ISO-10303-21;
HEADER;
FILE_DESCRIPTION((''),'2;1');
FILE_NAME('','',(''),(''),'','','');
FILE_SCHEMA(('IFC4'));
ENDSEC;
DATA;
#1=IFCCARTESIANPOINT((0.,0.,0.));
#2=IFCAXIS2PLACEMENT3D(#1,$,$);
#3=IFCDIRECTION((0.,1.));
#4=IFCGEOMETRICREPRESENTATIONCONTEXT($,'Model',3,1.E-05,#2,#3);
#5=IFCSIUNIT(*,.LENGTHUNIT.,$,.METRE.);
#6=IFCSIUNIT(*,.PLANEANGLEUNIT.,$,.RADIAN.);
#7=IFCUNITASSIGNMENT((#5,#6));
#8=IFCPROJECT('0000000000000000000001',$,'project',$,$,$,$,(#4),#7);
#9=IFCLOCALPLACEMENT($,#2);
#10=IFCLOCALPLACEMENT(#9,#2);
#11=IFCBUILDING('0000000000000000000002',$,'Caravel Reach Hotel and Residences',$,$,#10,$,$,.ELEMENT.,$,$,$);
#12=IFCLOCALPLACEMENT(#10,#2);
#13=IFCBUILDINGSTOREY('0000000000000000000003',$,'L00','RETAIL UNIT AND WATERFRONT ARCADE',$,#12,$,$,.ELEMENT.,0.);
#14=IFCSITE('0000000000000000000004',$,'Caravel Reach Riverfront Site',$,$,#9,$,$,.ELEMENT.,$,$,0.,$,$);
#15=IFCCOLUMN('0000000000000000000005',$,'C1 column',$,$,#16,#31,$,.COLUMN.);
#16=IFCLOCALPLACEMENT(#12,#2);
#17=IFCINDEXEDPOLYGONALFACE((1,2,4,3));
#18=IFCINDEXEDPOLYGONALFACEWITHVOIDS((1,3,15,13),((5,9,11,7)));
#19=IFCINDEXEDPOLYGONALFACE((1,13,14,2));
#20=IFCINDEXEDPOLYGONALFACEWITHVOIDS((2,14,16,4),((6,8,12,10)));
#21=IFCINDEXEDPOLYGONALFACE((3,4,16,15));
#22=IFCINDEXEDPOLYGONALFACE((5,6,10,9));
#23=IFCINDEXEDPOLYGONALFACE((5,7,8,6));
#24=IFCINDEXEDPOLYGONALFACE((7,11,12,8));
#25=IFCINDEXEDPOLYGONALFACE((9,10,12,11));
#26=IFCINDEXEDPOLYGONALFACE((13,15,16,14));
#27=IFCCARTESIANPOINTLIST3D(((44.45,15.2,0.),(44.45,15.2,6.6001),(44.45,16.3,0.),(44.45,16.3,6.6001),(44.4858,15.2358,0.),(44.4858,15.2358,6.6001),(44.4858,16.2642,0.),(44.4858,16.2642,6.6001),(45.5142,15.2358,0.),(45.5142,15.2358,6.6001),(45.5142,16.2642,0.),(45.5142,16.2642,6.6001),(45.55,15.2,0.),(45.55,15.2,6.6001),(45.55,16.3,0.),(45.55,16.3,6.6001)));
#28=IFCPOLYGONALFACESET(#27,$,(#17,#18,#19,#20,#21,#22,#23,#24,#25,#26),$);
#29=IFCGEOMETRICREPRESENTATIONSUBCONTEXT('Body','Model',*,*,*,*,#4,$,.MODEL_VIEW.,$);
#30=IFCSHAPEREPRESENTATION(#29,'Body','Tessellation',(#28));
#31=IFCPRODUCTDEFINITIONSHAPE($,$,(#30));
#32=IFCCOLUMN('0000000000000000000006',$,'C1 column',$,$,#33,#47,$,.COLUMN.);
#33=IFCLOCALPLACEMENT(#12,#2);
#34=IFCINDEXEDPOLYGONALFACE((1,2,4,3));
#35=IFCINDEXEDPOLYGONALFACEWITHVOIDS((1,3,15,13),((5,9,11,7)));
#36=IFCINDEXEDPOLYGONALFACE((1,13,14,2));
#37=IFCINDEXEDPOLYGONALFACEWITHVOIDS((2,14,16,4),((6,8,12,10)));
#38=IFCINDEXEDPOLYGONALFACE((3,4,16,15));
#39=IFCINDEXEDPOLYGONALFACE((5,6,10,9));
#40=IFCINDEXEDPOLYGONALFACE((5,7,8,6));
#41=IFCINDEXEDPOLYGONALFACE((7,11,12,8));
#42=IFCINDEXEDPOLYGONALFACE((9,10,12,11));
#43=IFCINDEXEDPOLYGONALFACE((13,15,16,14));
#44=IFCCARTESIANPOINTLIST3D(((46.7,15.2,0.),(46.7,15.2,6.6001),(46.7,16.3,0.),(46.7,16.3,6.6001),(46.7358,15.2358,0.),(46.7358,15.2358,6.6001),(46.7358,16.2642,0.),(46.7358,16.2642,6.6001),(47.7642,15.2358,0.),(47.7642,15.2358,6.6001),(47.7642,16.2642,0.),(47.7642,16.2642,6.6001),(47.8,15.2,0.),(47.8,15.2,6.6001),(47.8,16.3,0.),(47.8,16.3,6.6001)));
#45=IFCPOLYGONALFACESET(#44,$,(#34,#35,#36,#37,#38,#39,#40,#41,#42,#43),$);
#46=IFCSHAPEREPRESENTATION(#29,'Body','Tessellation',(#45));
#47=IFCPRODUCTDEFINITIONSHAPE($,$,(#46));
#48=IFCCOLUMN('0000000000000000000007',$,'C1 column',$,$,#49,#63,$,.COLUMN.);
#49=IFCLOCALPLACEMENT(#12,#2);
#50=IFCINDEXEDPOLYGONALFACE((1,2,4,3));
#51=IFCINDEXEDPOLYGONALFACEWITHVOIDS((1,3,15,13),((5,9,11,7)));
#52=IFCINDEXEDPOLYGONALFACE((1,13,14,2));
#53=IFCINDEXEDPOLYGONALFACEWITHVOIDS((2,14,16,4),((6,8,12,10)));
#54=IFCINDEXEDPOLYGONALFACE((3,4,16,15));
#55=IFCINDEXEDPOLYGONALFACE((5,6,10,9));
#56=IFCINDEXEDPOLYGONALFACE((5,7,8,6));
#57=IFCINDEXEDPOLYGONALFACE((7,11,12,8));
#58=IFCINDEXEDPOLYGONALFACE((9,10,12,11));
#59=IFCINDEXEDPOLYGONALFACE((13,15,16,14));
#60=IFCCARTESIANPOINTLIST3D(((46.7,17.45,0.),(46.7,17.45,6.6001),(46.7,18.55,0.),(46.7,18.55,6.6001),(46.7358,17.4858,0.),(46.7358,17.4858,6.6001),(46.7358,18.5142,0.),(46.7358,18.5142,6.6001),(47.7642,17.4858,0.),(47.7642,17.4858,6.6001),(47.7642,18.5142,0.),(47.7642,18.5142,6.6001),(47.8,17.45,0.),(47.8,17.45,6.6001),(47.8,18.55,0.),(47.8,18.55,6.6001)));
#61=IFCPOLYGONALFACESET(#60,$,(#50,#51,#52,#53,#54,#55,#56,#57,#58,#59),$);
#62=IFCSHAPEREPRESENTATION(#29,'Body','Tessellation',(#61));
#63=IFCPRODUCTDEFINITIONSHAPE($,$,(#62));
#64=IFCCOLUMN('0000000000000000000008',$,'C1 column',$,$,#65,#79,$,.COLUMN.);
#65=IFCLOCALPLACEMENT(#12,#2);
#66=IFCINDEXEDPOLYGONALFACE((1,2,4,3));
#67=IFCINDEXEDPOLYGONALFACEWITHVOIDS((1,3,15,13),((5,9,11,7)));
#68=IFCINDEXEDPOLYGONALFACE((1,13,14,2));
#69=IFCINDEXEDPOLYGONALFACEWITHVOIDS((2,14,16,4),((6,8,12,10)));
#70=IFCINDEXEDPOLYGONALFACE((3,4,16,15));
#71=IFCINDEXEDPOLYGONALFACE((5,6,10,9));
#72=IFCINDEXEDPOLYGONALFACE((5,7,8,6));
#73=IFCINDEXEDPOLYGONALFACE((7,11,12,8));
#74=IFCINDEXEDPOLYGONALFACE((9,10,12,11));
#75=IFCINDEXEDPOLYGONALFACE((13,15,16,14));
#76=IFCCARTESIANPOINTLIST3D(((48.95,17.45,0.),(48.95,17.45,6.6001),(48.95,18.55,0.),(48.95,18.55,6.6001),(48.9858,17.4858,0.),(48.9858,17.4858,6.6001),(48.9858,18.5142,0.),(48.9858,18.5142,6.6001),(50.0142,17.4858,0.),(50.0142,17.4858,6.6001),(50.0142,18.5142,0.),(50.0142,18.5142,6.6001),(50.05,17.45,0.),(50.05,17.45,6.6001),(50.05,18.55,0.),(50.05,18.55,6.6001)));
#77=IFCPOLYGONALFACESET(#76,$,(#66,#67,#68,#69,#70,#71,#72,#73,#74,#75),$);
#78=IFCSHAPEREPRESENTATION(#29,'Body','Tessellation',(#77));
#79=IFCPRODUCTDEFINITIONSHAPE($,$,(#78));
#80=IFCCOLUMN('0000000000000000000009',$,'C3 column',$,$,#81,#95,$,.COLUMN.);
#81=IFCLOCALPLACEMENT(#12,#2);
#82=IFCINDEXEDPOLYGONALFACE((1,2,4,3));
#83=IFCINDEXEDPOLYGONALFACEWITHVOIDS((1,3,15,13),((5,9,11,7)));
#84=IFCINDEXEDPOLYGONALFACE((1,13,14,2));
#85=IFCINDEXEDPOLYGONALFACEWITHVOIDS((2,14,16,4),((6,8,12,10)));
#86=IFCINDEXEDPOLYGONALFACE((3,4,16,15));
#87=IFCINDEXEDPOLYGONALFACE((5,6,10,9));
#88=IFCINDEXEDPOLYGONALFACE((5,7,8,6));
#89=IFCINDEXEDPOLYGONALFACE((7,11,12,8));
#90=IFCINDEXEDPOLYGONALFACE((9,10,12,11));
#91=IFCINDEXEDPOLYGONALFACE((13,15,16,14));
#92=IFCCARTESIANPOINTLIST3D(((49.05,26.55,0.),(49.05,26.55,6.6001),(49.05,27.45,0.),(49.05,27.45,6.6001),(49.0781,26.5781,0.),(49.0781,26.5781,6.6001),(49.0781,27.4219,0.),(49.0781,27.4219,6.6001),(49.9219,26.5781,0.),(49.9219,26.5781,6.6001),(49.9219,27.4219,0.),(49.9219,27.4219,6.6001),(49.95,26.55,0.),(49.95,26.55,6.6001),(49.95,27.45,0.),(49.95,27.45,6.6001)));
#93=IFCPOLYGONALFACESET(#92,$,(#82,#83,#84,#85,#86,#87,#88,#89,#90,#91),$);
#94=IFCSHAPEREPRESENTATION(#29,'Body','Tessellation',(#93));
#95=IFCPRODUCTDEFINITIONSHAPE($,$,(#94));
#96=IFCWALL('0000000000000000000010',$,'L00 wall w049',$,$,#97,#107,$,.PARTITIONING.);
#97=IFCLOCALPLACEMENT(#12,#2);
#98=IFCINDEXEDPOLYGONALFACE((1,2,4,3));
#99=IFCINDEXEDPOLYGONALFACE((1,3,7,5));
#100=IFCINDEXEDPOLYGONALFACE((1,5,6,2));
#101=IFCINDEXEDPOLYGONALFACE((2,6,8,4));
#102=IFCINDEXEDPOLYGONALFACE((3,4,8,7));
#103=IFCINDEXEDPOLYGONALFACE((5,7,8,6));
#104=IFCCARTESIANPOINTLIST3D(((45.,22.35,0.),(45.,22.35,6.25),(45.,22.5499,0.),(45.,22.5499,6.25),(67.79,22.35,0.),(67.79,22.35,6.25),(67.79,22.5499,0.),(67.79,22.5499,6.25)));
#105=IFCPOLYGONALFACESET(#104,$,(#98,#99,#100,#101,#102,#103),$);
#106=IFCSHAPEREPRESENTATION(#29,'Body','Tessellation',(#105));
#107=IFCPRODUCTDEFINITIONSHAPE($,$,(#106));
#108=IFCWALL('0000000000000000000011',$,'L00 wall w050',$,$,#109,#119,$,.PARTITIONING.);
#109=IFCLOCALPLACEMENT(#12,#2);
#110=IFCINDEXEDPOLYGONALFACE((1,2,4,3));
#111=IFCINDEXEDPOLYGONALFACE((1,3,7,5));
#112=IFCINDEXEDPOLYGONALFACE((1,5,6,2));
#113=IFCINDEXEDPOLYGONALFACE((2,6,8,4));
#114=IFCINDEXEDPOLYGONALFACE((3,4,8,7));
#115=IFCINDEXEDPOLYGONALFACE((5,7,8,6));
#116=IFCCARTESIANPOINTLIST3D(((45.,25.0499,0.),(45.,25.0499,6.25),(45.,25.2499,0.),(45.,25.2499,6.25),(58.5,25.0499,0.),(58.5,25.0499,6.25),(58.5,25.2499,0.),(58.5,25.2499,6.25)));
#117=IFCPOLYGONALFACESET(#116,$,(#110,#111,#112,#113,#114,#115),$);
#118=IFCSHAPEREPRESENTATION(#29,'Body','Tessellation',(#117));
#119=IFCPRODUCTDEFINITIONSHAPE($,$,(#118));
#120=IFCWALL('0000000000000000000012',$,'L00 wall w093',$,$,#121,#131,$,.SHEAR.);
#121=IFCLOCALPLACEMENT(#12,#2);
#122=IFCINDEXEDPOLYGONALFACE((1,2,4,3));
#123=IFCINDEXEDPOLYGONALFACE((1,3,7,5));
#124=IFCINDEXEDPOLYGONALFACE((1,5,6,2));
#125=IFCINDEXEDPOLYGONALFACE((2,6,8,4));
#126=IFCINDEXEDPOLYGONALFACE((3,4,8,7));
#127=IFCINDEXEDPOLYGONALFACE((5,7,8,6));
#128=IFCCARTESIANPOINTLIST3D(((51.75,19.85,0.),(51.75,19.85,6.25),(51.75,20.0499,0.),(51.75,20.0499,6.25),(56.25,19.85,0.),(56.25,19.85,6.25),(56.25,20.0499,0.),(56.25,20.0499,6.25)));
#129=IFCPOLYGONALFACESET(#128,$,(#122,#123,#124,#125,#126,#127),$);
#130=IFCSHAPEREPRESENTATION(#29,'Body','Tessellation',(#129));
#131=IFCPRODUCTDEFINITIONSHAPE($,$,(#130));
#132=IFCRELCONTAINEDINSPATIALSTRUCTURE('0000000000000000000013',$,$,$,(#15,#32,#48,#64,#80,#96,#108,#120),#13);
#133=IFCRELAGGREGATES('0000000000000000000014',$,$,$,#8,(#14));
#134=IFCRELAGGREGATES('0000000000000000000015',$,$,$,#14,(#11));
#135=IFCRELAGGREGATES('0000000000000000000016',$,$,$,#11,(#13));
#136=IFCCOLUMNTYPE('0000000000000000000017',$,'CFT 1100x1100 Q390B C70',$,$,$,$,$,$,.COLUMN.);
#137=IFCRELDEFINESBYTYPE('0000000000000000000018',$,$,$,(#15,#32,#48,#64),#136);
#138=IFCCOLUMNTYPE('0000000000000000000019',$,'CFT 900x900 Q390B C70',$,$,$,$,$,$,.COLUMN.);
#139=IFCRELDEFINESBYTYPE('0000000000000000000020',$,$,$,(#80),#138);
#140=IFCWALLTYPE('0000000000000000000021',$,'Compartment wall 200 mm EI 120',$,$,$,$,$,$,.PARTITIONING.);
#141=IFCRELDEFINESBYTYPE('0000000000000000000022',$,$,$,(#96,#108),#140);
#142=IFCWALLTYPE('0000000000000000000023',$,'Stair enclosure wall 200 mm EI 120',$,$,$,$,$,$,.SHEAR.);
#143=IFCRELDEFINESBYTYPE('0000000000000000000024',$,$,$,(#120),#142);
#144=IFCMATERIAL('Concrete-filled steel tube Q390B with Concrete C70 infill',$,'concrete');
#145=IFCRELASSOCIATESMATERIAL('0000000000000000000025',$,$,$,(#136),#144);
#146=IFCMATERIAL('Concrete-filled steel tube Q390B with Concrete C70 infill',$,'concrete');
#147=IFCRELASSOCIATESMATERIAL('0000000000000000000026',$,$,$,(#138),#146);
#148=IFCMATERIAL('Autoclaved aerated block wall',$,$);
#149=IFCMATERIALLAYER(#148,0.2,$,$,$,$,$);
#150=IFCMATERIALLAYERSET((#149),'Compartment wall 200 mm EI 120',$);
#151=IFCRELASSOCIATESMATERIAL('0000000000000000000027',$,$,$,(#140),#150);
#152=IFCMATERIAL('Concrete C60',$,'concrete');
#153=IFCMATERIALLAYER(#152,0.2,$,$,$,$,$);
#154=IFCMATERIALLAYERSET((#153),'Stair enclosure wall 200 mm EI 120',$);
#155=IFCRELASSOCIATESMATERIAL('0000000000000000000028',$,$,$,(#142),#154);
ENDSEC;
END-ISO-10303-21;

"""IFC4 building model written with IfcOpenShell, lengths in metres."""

from ifc_helpers import new_model, si_unit, direction, frame, frame_2d, origin, origin_2d, place, context, subcontext, project, spatial, rectangle, hollow_rectangle, extrude, material, layer, layer_set, material_profile, profile_set, type_object, element, save


model = new_model("IFC4")

# Units and contexts
model_context = context("Model", 3, precision=1e-05, world=origin(), true_north=direction((0.0, 1.0)))
body_context = subcontext(model_context, "Body", "Model", "MODEL_VIEW")
ifc_project = project(units=[si_unit("LENGTHUNIT", "METRE"), si_unit("PLANEANGLEUNIT", "RADIAN")], contexts=[model_context])

# Site, building, storey
site_placement = place(None, origin())
site = spatial("IfcSite", under=ifc_project, at=site_placement, Name="Caravel Reach Riverfront Site", CompositionType="ELEMENT", RefElevation=0.0)
building_placement = place(site_placement, origin())
building = spatial("IfcBuilding", under=site, at=building_placement, Name="Caravel Reach Hotel and Residences", CompositionType="ELEMENT")
storey_placement = place(building_placement, origin())
storey = spatial("IfcBuildingStorey", under=building, at=storey_placement, Name="L00", Description="RETAIL UNIT AND WATERFRONT ARCADE", CompositionType="ELEMENT", Elevation=0.0)

# Columns
ifc_material_1 = material(Name="Concrete-filled steel tube Q390B with Concrete C70 infill", Category="concrete")
ifc_material_profile_1 = material_profile(ifc_material_1, hollow_rectangle(XDim=1.1001, YDim=1.1001, WallThickness=0.0359, at=origin_2d()), Name="RHS 1100x1100x36")
ifc_profile_set_1 = profile_set([ifc_material_profile_1], Name="Concrete-filled steel tube Q390B with Concrete C70 infill")
column_type_1 = type_object("IfcColumnType", Name="CFT 1100x1100 Q390B C70", PredefinedType="COLUMN", material=ifc_profile_set_1)
for number, where, z_axis, x_axis, name in (
    (1, (45.0, 15.75, 0.0), (0.0, 0.0, 1.0), (1.0, 0.0, 0.0), "C1 column"),
    (2, (47.25, 15.75, 0.0), (0.0, 0.0, 1.0), (1.0, 0.0, 0.0), "C1 column"),
    (3, (47.25, 18.0, 0.0), (0.0, 0.0, 1.0), (1.0, 0.0, 0.0), "C1 column"),
    (4, (49.5, 18.0, 0.0), (0.0, 0.0, 1.0), (1.0, 0.0, 0.0), "C1 column"),
):
    element("IfcColumn", number, at=place(storey_placement, frame(where, z_axis=z_axis, x_axis=x_axis)), inside=storey, type_object=column_type_1, Name=name, PredefinedType="COLUMN", context=body_context, shape_type="SweptSolid", body=[
        extrude(hollow_rectangle(XDim=1.1001, YDim=1.1001, WallThickness=0.0359, at=origin_2d()), origin(), (0.0, 0.0, 1.0), 6.6001),
    ])
ifc_material_2 = material(Name="Concrete-filled steel tube Q390B with Concrete C70 infill", Category="concrete")
ifc_material_profile_2 = material_profile(ifc_material_2, hollow_rectangle(XDim=0.8999, YDim=0.8999, WallThickness=0.0281, at=origin_2d()), Name="RHS 900x900x28")
ifc_profile_set_2 = profile_set([ifc_material_profile_2], Name="Concrete-filled steel tube Q390B with Concrete C70 infill")
column_type_2 = type_object("IfcColumnType", Name="CFT 900x900 Q390B C70", PredefinedType="COLUMN", material=ifc_profile_set_2)
column_placement = place(storey_placement, frame((49.5, 27.0, 0.0), z_axis=(0.0, 0.0, 1.0), x_axis=(1.0, 0.0, 0.0)))
element("IfcColumn", 5, at=column_placement, inside=storey, type_object=column_type_2, Name="C3 column", PredefinedType="COLUMN", context=body_context, shape_type="SweptSolid", body=[
    extrude(hollow_rectangle(XDim=0.8999, YDim=0.8999, WallThickness=0.0281, at=origin_2d()), origin(), (0.0, 0.0, 1.0), 6.6001),
])

# Walls
ifc_material_3 = material(Name="Autoclaved aerated block wall")
ifc_layer_1 = layer(ifc_material_3, 0.2)
ifc_layer_set_1 = layer_set([ifc_layer_1], Name="Compartment wall 200 mm EI 120")
wall_type_1 = type_object("IfcWallType", Name="Compartment wall 200 mm EI 120", PredefinedType="PARTITIONING", material=ifc_layer_set_1)
wall_1_placement = place(storey_placement, frame((45.0, 22.45, 0.0), z_axis=(0.0, 0.0, 1.0), x_axis=(1.0, 0.0, 0.0)))
element("IfcWall", 6, at=wall_1_placement, inside=storey, type_object=wall_type_1, Name="L00 wall w049", PredefinedType="PARTITIONING", context=body_context, shape_type="SweptSolid", body=[
    extrude(rectangle(XDim=22.79, YDim=0.2, at=frame_2d((11.395, 0.0))), origin(), (0.0, 0.0, 1.0), 6.25),
])
wall_2_placement = place(storey_placement, frame((45.0, 25.1499, 0.0), z_axis=(0.0, 0.0, 1.0), x_axis=(1.0, 0.0, 0.0)))
element("IfcWall", 7, at=wall_2_placement, inside=storey, type_object=wall_type_1, Name="L00 wall w050", PredefinedType="PARTITIONING", context=body_context, shape_type="SweptSolid", body=[
    extrude(rectangle(XDim=13.5, YDim=0.2, at=frame_2d((6.75, 0.0))), origin(), (0.0, 0.0, 1.0), 6.25),
])

# Wall
ifc_material_4 = material(Name="Concrete C60", Category="concrete")
ifc_layer_2 = layer(ifc_material_4, 0.2)
ifc_layer_set_2 = layer_set([ifc_layer_2], Name="Stair enclosure wall 200 mm EI 120")
wall_type_2 = type_object("IfcWallType", Name="Stair enclosure wall 200 mm EI 120", PredefinedType="SHEAR", material=ifc_layer_set_2)
wall_3_placement = place(storey_placement, frame((51.75, 19.95, 0.0), z_axis=(0.0, 0.0, 1.0), x_axis=(1.0, 0.0, 0.0)))
element("IfcWall", 8, at=wall_3_placement, inside=storey, type_object=wall_type_2, Name="L00 wall w093", PredefinedType="SHEAR", context=body_context, shape_type="SweptSolid", body=[
    extrude(rectangle(XDim=4.5, YDim=0.2, at=frame_2d((2.25, 0.0))), origin(), (0.0, 0.0, 1.0), 6.25),
])

save(model, "model.ifc")
